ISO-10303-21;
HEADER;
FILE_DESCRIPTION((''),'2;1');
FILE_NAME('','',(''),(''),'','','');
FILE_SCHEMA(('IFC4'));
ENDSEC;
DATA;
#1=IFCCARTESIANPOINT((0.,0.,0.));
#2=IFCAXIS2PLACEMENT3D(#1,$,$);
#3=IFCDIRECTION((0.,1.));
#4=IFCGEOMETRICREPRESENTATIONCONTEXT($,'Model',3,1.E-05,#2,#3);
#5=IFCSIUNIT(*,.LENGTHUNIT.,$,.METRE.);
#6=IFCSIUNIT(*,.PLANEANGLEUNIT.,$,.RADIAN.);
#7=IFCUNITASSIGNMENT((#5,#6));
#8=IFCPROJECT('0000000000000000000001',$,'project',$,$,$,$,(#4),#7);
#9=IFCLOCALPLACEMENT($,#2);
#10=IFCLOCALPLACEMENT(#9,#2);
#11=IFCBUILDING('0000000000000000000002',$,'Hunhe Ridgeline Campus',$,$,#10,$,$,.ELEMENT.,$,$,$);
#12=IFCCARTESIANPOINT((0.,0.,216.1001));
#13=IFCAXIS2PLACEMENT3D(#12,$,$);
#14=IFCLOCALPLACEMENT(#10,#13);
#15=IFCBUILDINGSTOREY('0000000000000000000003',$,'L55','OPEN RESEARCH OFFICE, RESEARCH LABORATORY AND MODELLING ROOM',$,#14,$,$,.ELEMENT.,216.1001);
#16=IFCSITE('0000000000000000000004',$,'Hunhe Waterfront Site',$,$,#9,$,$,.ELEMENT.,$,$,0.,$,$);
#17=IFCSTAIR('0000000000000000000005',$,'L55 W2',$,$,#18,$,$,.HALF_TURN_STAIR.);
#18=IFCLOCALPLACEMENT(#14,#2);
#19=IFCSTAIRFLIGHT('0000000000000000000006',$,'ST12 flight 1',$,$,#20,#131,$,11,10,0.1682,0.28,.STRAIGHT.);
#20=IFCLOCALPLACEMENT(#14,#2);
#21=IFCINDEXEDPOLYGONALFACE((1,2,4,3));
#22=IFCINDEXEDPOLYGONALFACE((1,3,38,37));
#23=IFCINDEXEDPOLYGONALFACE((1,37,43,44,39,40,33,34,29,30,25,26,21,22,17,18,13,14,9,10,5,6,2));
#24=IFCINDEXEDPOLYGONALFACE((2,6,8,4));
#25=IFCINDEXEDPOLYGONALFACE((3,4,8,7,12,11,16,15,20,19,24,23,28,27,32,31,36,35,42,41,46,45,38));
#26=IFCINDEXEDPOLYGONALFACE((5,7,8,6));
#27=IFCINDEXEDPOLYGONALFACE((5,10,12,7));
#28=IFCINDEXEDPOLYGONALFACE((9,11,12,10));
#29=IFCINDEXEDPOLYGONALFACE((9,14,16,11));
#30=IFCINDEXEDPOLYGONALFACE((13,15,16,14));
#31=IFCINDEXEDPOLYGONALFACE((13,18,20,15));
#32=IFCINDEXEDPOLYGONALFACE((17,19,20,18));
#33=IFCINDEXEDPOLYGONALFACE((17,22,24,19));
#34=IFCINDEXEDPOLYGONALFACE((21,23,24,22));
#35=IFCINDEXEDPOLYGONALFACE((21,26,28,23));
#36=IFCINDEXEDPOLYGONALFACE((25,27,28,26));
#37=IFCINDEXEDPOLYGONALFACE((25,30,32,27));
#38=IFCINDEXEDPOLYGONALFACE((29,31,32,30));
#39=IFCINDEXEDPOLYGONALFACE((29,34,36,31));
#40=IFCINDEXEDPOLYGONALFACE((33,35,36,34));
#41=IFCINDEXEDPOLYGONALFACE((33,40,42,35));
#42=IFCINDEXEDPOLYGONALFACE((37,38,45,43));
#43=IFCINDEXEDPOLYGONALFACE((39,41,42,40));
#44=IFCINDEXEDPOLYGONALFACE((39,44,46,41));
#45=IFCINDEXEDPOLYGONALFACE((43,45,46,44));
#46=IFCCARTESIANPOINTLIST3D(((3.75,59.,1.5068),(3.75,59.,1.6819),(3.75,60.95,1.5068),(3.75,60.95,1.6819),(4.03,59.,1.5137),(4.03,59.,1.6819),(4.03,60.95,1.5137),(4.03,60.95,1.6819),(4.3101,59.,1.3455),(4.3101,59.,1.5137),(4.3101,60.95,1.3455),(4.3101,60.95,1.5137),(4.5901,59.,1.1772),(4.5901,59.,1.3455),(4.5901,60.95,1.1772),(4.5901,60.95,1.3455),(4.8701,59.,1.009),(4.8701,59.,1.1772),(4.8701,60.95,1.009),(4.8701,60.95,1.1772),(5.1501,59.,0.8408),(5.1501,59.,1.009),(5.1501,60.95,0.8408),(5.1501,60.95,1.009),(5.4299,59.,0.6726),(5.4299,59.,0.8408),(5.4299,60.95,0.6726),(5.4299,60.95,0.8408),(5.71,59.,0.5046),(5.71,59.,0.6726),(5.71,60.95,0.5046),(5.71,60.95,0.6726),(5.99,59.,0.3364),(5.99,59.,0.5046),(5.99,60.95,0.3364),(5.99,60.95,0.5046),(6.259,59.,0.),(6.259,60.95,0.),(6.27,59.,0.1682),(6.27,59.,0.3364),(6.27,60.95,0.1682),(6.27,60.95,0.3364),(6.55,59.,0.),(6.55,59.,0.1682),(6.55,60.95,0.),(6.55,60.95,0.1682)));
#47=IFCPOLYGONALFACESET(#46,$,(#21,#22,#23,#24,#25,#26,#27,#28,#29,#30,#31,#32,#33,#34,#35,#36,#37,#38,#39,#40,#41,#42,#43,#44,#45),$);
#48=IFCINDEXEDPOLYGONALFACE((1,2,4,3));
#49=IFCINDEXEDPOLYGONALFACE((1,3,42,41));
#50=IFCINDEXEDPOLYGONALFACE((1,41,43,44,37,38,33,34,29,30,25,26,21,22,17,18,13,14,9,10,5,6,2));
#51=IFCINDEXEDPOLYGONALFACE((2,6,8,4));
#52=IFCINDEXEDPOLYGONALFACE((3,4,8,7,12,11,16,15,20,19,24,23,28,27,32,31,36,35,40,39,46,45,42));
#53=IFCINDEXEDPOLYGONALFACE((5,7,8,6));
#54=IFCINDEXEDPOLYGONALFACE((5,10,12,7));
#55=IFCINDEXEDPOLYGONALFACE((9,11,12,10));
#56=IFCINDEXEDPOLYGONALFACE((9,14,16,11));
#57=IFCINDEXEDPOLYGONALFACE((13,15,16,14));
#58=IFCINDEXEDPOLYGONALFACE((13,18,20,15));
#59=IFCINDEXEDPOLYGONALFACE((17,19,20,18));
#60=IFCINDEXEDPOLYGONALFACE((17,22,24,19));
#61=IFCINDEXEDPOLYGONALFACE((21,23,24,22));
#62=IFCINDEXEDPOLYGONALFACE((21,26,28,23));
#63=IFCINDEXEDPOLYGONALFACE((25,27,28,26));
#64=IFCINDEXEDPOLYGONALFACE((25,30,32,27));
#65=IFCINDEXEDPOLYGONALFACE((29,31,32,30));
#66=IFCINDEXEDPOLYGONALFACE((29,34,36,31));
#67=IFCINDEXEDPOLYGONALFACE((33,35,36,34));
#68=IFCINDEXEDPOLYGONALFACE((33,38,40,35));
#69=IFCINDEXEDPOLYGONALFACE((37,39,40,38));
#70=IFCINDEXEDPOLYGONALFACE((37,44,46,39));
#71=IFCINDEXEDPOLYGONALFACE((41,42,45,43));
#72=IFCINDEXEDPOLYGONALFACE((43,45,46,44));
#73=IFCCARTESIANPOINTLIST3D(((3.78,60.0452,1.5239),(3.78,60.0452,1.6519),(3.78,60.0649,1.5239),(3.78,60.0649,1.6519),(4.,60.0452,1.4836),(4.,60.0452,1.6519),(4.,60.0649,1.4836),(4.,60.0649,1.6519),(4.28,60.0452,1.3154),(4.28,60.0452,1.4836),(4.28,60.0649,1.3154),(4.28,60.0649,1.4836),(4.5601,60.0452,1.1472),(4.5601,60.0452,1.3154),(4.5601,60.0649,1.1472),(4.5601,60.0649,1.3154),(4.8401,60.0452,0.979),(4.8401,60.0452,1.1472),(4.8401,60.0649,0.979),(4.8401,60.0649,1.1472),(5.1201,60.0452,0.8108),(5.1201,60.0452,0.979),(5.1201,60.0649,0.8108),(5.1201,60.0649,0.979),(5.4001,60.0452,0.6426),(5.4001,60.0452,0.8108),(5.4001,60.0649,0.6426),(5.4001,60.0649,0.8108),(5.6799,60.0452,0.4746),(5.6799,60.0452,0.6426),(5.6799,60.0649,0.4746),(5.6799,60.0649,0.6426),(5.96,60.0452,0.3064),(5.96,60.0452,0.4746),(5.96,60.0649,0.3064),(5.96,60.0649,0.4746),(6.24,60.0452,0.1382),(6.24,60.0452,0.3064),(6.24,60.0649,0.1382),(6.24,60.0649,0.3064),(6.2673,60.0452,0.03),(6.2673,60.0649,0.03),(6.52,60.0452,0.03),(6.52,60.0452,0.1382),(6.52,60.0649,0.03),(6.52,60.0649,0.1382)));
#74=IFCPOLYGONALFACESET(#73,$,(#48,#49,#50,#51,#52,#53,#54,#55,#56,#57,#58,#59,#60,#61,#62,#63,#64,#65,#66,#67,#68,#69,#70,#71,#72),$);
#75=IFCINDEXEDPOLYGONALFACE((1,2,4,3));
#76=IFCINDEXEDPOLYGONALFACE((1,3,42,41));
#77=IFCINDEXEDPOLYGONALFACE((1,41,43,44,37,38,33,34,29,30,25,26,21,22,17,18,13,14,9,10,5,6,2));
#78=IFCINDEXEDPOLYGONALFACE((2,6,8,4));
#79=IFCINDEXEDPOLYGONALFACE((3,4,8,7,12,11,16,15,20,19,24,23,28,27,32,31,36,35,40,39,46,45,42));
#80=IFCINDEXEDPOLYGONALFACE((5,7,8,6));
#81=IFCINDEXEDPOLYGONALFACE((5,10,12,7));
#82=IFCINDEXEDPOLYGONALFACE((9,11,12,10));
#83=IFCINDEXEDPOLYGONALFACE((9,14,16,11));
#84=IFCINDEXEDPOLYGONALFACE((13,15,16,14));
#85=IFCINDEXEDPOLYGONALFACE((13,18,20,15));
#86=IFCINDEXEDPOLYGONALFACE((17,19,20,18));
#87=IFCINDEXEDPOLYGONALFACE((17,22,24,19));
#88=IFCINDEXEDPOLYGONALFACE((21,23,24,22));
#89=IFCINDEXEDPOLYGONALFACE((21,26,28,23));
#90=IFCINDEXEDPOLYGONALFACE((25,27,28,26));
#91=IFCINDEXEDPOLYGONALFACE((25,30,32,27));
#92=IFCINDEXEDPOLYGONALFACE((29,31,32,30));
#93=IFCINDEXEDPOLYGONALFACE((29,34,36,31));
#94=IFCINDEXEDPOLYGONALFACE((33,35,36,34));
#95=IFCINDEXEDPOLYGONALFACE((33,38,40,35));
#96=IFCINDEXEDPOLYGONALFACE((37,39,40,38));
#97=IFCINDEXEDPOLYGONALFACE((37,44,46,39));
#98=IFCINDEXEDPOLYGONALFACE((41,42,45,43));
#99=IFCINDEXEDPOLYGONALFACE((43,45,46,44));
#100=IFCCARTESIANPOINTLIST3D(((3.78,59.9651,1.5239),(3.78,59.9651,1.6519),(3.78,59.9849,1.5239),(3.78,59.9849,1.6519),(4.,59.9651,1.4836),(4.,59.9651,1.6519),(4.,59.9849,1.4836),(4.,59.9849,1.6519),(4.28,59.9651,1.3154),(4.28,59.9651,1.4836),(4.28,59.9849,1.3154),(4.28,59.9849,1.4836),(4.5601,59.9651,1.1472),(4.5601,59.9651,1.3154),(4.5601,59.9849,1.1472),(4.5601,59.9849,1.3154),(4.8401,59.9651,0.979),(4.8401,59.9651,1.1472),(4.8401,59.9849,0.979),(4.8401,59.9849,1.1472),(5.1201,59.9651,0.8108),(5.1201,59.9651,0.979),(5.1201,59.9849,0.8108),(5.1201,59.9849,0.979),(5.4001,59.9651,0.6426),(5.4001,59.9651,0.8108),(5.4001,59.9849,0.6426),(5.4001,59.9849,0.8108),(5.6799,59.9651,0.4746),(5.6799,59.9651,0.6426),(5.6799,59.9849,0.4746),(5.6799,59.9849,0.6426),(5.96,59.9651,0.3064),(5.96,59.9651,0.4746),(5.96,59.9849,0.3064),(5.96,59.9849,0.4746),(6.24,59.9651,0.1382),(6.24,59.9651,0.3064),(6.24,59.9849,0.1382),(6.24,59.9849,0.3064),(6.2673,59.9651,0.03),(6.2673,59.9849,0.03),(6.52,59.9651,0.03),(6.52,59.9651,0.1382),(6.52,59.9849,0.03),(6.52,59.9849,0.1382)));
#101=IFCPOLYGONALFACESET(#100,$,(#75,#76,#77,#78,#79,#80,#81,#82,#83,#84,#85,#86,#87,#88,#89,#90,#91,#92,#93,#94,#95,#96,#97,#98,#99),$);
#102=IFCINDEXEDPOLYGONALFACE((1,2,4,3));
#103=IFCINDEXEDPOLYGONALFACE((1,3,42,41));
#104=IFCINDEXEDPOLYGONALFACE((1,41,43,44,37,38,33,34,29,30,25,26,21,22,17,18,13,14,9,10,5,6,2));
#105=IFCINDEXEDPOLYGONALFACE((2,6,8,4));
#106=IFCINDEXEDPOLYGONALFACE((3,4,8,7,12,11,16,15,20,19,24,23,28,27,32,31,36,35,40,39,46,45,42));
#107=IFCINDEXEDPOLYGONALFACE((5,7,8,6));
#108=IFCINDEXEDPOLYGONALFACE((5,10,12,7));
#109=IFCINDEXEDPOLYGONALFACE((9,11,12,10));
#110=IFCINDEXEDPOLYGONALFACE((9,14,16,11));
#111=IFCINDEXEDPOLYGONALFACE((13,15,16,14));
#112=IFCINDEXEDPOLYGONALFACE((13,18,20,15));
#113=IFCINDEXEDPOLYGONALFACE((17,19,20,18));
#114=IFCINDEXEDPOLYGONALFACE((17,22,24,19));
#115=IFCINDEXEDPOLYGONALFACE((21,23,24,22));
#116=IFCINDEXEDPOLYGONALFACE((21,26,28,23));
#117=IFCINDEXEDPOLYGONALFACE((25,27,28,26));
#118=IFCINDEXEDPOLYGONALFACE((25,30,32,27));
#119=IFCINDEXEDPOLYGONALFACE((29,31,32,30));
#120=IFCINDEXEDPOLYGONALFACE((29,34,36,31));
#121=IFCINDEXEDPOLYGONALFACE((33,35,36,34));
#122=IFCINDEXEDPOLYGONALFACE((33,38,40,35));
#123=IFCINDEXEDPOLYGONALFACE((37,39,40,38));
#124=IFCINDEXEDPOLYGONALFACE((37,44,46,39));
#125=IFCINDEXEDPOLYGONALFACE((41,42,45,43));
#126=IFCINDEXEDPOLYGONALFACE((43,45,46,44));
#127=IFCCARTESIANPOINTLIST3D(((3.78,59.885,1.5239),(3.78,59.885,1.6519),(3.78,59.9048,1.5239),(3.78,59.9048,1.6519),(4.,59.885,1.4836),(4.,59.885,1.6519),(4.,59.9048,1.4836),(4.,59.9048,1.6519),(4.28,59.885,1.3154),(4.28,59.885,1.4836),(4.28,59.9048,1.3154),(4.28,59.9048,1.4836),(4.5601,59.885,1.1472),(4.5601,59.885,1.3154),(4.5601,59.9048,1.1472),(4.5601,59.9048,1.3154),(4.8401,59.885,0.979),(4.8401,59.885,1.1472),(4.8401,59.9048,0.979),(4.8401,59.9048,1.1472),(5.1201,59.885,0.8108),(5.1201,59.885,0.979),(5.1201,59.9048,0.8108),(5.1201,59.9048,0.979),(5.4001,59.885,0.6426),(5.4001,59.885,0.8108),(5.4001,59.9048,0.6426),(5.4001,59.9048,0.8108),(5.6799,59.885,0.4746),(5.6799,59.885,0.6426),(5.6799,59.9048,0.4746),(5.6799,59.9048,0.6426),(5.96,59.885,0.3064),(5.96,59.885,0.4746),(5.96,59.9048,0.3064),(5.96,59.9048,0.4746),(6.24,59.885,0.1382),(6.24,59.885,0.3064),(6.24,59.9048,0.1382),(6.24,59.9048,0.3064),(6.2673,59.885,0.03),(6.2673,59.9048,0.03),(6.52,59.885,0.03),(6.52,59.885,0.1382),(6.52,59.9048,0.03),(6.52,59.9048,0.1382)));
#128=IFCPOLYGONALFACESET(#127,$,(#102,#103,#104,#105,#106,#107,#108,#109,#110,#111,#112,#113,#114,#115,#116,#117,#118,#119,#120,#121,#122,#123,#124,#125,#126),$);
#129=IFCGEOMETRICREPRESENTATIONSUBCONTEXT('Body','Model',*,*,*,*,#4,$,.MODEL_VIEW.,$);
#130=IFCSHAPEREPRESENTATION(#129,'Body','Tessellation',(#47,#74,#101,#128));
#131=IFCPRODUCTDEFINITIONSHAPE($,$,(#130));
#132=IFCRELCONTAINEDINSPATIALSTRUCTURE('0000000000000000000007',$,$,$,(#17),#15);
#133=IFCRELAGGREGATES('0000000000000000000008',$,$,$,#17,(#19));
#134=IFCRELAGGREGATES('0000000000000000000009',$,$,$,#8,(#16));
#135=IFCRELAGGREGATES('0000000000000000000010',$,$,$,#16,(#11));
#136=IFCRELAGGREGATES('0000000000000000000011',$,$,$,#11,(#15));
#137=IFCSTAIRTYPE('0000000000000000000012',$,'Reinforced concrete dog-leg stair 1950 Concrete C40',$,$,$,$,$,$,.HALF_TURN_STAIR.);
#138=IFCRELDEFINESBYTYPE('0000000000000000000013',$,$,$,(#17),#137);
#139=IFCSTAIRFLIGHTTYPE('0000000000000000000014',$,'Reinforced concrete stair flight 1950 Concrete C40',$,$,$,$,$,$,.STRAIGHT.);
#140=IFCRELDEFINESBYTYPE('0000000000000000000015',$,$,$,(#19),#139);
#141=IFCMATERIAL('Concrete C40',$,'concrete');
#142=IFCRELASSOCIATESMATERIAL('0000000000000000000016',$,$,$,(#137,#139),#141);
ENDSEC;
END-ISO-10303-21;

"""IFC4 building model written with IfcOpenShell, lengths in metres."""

from ifc_helpers import new_model, si_unit, direction, frame, origin, place, context, subcontext, project, spatial, polyline, outline, extrude, material, type_object, element, aggregate, save


model = new_model("IFC4")

# Units and contexts
model_context = context("Model", 3, precision=1e-05, world=origin(), true_north=direction((0.0, 1.0)))
body_context = subcontext(model_context, "Body", "Model", "MODEL_VIEW")
ifc_project = project(units=[si_unit("LENGTHUNIT", "METRE"), si_unit("PLANEANGLEUNIT", "RADIAN")], contexts=[model_context])

# Site, building, storey
site_placement = place(None, origin())
site = spatial("IfcSite", under=ifc_project, at=site_placement, Name="Hunhe Waterfront Site", CompositionType="ELEMENT", RefElevation=0.0)
building_placement = place(site_placement, origin())
building = spatial("IfcBuilding", under=site, at=building_placement, Name="Hunhe Ridgeline Campus", CompositionType="ELEMENT")
storey_placement = place(building_placement, frame((0.0, 0.0, 216.1001)))
storey = spatial("IfcBuildingStorey", under=building, at=storey_placement, Name="L55", Description="OPEN RESEARCH OFFICE, RESEARCH LABORATORY AND MODELLING ROOM", CompositionType="ELEMENT", Elevation=216.1001)

# Shared definitions
ifc_material_1 = material(Name="Concrete C40", Category="concrete")
stair_type = type_object("IfcStairType", Name="Reinforced concrete dog-leg stair 1950 Concrete C40", PredefinedType="HALF_TURN_STAIR", material=ifc_material_1)
stair_flight_type = type_object("IfcStairFlightType", Name="Reinforced concrete stair flight 1950 Concrete C40", PredefinedType="STRAIGHT", material=ifc_material_1)

# Stair, stair flight
stair_1_placement = place(storey_placement, origin())
stair_1 = element("IfcStair", 1, at=stair_1_placement, inside=storey, type_object=stair_type, Name="L55 W2", PredefinedType="HALF_TURN_STAIR")
stair_flight_1_placement = place(storey_placement, frame((6.55, 59.9751, 0.0), z_axis=(0.0, 0.0, 1.0), x_axis=(-1.0, 0.0, 0.0)))
stair_flight_1 = element("IfcStairFlight", 2, at=stair_flight_1_placement, type_object=stair_flight_type, Name="ST12 flight 1", NumberOfRisers=11, NumberOfTreads=10, PredefinedType="STRAIGHT", RiserHeight=0.1682, TreadLength=0.28, context=body_context, shape_type="SweptSolid", body=[
    extrude(outline(polyline([(0.0, 0.0), (0.0, 0.1682), (0.28, 0.1682), (0.28, 0.3364), (0.5601, 0.3364), (0.5601, 0.5046), (0.8401, 0.5046), (0.8401, 0.6726), (1.1201, 0.6726), (1.1201, 0.8408), (1.3999, 0.8408), (1.3999, 1.009), (1.6799, 1.009), (1.6799, 1.1772), (1.96, 1.1772), (1.96, 1.3455), (2.24, 1.3455), (2.24, 1.5137), (2.52, 1.5137), (2.52, 1.6819), (2.8, 1.6819), (2.8, 1.8501), (2.8, 1.5068), (0.291, 0.0), (0.0, 0.0)])), frame((0.0, 0.9751, 0.0), z_axis=(0.0, -1.0, 0.0), x_axis=(1.0, 0.0, 0.0)), (0.0, 0.0, 1.0), 1.95),
    extrude(outline(polyline([(0.03, 0.03), (0.03, 0.1382), (0.3101, 0.1382), (0.3101, 0.3064), (0.5901, 0.3064), (0.5901, 0.4746), (0.8701, 0.4746), (0.8701, 0.6426), (1.1499, 0.6426), (1.1499, 0.8108), (1.4299, 0.8108), (1.4299, 0.979), (1.71, 0.979), (1.71, 1.1472), (1.99, 1.1472), (1.99, 1.3154), (2.27, 1.3154), (2.27, 1.4836), (2.55, 1.4836), (2.55, 1.6519), (2.77, 1.6519), (2.77, 1.5239), (0.2827, 0.03), (0.03, 0.03)])), frame((0.0, -0.0701, 0.0), z_axis=(0.0, -1.0, 0.0), x_axis=(1.0, 0.0, 0.0)), (0.0, 0.0, 1.0), 0.0198),
    extrude(outline(polyline([(0.03, 0.03), (0.03, 0.1382), (0.3101, 0.1382), (0.3101, 0.3064), (0.5901, 0.3064), (0.5901, 0.4746), (0.8701, 0.4746), (0.8701, 0.6426), (1.1499, 0.6426), (1.1499, 0.8108), (1.4299, 0.8108), (1.4299, 0.979), (1.71, 0.979), (1.71, 1.1472), (1.99, 1.1472), (1.99, 1.3154), (2.27, 1.3154), (2.27, 1.4836), (2.55, 1.4836), (2.55, 1.6519), (2.77, 1.6519), (2.77, 1.5239), (0.2827, 0.03), (0.03, 0.03)])), frame((0.0, 0.01, 0.0), z_axis=(0.0, -1.0, 0.0), x_axis=(1.0, 0.0, 0.0)), (0.0, 0.0, 1.0), 0.0198),
    extrude(outline(polyline([(0.03, 0.03), (0.03, 0.1382), (0.3101, 0.1382), (0.3101, 0.3064), (0.5901, 0.3064), (0.5901, 0.4746), (0.8701, 0.4746), (0.8701, 0.6426), (1.1499, 0.6426), (1.1499, 0.8108), (1.4299, 0.8108), (1.4299, 0.979), (1.71, 0.979), (1.71, 1.1472), (1.99, 1.1472), (1.99, 1.3154), (2.27, 1.3154), (2.27, 1.4836), (2.55, 1.4836), (2.55, 1.6519), (2.77, 1.6519), (2.77, 1.5239), (0.2827, 0.03), (0.03, 0.03)])), frame((0.0, 0.0901, 0.0), z_axis=(0.0, -1.0, 0.0), x_axis=(1.0, 0.0, 0.0)), (0.0, 0.0, 1.0), 0.0198),
])
aggregate(stair_1, [stair_flight_1])

save(model, "model.ifc")
